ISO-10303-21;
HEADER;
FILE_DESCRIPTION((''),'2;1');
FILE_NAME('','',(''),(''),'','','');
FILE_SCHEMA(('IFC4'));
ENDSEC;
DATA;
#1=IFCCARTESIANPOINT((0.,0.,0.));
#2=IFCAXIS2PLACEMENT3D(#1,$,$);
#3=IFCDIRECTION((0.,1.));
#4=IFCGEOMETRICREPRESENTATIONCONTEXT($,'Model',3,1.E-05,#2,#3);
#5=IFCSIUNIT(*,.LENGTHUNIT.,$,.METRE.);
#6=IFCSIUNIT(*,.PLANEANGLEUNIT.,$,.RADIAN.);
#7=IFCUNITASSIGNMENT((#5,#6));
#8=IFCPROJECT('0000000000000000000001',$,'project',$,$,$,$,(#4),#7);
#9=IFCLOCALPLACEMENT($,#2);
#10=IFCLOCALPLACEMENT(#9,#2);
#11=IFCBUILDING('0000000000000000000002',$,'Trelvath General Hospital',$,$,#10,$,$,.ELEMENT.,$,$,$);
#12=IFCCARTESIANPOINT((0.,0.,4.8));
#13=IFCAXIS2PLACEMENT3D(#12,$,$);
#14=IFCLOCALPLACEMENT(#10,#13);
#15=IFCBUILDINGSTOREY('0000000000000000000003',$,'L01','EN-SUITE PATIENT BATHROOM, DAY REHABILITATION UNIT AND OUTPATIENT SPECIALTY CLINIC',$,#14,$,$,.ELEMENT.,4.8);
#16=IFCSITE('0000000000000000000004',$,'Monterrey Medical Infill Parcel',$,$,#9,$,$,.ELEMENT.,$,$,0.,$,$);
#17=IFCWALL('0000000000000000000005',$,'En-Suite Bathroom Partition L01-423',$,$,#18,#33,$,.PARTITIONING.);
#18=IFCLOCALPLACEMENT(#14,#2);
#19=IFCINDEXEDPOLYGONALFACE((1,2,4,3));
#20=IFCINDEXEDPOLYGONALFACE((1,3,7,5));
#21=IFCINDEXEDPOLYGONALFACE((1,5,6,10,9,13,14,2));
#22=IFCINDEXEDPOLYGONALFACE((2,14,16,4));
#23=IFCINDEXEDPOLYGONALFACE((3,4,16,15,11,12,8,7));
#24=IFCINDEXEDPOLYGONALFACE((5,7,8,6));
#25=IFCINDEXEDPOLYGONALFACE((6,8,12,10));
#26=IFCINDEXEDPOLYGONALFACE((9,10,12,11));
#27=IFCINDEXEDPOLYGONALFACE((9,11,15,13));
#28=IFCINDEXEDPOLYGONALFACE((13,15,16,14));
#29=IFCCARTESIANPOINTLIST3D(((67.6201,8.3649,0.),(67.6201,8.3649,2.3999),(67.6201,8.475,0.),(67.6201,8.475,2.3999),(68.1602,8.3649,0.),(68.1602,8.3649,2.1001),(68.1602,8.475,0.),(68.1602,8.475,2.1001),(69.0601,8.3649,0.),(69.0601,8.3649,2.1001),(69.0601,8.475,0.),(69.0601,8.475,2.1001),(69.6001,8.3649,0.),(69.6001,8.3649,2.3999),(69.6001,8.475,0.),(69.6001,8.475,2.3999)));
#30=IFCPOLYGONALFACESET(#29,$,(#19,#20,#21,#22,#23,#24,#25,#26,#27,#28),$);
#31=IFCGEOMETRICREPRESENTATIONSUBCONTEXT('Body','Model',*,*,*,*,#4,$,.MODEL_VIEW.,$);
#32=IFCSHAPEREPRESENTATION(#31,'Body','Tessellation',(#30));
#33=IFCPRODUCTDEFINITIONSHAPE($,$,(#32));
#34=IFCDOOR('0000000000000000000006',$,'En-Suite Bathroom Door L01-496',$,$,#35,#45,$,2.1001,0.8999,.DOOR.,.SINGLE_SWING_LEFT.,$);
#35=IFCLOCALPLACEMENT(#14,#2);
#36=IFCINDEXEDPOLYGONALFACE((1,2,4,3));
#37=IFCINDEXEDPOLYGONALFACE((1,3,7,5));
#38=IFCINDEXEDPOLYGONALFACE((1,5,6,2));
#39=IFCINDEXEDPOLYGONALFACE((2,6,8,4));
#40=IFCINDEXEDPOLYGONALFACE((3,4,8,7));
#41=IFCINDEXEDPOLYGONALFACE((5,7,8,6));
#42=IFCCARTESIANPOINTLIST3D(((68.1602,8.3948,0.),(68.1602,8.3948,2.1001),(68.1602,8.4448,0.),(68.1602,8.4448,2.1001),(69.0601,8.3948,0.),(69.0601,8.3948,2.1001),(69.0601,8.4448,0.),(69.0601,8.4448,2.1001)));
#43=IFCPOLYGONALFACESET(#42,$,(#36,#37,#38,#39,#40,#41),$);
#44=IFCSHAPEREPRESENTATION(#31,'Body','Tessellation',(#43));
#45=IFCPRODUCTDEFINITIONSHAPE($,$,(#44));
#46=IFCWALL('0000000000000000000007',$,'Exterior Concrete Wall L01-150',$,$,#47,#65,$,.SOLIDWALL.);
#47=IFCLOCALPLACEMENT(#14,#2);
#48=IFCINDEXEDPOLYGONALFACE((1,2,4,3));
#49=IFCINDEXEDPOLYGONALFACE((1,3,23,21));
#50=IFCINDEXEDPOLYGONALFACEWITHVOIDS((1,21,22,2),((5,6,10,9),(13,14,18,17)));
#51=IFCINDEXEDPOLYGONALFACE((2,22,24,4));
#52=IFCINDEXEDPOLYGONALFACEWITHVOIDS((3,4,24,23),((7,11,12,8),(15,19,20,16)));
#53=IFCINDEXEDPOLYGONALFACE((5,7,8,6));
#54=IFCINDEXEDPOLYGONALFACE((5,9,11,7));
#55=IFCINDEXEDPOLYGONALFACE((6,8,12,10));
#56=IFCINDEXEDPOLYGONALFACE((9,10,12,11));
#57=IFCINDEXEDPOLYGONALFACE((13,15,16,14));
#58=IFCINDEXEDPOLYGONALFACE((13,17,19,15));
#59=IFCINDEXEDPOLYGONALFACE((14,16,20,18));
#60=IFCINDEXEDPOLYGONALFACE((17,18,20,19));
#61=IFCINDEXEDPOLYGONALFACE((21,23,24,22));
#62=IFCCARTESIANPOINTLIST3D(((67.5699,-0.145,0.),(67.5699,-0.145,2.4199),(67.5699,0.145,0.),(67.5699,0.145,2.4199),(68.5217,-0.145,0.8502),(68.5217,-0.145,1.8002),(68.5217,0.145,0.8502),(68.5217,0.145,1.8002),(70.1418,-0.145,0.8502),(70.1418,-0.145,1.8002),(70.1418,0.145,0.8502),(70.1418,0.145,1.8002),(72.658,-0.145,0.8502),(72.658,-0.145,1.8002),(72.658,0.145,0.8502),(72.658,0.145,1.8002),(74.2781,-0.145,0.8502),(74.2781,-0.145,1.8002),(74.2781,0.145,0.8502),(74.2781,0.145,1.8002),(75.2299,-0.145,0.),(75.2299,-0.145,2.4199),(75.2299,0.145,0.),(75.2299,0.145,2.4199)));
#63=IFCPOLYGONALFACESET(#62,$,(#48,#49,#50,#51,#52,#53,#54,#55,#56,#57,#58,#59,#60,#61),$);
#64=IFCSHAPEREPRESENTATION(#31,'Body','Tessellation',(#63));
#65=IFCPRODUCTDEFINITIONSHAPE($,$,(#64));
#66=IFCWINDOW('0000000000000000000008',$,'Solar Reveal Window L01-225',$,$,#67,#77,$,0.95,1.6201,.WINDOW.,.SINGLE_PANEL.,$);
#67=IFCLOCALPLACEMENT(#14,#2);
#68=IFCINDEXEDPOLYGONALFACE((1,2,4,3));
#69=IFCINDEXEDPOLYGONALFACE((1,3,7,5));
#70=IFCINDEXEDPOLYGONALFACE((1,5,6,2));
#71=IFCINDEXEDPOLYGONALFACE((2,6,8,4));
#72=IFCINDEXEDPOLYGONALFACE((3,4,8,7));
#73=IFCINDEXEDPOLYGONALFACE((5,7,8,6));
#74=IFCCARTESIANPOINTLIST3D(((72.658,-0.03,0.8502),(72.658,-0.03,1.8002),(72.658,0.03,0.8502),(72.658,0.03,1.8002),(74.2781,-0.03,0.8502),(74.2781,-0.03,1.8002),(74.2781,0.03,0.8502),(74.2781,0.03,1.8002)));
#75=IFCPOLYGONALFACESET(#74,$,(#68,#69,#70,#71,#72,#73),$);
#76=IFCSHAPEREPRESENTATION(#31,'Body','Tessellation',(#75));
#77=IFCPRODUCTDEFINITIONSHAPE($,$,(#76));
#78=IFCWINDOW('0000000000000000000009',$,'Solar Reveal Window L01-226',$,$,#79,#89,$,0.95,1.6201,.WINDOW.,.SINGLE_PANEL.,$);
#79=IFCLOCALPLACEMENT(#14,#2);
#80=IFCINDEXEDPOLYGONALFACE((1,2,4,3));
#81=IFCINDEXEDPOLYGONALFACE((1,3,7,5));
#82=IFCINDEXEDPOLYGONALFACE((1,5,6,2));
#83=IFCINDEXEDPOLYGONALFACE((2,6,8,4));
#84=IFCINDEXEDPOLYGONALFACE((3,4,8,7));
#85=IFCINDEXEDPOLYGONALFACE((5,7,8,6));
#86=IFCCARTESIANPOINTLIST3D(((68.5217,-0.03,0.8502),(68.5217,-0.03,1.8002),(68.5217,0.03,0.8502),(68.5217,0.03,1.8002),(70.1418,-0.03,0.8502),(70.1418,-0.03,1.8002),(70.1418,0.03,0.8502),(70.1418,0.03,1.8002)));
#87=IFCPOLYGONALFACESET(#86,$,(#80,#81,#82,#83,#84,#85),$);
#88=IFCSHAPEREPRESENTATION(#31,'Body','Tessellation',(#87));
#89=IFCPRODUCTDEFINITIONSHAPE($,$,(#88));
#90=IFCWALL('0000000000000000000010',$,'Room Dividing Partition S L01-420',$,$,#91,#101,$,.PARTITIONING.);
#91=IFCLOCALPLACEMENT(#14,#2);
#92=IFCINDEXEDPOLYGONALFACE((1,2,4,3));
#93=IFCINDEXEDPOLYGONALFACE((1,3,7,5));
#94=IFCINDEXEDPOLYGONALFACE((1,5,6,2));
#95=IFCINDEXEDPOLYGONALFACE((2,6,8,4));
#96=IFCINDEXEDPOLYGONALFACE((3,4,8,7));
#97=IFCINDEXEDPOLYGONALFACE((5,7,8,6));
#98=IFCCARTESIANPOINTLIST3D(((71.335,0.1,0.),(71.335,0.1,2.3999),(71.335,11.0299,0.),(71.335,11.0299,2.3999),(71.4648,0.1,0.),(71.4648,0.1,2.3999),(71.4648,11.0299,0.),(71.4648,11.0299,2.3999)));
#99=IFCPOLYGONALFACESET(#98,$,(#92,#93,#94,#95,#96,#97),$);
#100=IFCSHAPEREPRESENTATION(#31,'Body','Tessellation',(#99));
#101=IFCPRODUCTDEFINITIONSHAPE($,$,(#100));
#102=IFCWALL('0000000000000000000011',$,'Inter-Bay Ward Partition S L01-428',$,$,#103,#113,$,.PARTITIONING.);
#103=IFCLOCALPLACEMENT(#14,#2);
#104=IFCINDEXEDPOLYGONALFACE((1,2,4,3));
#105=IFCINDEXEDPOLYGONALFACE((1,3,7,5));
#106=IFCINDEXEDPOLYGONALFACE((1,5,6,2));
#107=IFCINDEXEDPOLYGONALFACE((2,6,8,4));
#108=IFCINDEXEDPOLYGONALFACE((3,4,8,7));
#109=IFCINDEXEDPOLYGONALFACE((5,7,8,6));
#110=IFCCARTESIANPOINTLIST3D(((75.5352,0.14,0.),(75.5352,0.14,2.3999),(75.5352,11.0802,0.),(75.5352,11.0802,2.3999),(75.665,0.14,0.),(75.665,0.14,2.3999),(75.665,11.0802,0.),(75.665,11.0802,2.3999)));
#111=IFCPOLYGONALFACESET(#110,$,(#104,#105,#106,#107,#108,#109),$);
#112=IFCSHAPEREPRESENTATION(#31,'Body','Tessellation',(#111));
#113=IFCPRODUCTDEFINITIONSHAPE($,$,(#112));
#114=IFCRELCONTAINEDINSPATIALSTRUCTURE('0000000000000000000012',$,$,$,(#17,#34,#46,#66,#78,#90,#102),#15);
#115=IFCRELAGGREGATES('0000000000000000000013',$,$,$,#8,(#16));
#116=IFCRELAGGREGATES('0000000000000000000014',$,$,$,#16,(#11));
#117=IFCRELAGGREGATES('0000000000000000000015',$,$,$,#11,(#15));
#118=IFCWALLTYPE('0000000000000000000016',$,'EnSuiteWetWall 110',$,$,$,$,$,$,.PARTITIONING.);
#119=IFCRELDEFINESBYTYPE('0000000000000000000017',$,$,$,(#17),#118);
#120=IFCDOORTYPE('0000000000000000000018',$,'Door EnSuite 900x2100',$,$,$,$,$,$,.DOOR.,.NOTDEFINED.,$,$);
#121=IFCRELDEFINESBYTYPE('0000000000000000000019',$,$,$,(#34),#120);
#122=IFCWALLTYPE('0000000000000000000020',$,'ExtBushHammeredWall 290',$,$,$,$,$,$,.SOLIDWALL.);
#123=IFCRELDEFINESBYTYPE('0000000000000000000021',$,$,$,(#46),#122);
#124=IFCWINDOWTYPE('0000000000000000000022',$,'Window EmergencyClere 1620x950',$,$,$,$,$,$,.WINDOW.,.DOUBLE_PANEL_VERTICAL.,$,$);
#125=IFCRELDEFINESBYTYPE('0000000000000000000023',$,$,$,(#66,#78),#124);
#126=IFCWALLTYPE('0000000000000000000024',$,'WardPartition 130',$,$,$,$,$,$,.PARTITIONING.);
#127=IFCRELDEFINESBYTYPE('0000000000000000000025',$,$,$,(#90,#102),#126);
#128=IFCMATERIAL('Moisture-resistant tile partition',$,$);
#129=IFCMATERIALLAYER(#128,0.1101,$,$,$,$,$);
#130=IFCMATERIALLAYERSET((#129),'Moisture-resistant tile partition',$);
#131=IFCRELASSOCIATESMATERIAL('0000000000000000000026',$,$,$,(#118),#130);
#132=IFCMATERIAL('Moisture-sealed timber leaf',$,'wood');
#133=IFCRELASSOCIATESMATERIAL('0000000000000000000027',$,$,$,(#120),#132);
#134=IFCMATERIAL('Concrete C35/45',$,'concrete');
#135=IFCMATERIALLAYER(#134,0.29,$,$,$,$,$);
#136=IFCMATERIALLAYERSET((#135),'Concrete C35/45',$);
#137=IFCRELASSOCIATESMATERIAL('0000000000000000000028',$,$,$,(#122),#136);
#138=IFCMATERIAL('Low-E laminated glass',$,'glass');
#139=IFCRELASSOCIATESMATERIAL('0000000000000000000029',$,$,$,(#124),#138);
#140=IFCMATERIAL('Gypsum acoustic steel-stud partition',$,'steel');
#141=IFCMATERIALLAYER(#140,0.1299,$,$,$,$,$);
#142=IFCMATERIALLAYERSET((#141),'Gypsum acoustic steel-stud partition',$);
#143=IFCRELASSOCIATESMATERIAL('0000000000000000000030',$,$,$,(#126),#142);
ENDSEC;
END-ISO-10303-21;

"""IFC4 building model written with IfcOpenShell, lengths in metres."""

from ifc_helpers import new_model, si_unit, direction, frame, frame_2d, origin, place, context, subcontext, project, spatial, rectangle, extrude, material, layer, layer_set, type_object, element, fill, save


model = new_model("IFC4")

# Units and contexts
model_context = context("Model", 3, precision=1e-05, world=origin(), true_north=direction((0.0, 1.0)))
body_context = subcontext(model_context, "Body", "Model", "MODEL_VIEW")
ifc_project = project(units=[si_unit("LENGTHUNIT", "METRE"), si_unit("PLANEANGLEUNIT", "RADIAN")], contexts=[model_context])

# Site, building, storey
site_placement = place(None, origin())
site = spatial("IfcSite", under=ifc_project, at=site_placement, Name="Monterrey Medical Infill Parcel", CompositionType="ELEMENT", RefElevation=0.0)
building_placement = place(site_placement, origin())
building = spatial("IfcBuilding", under=site, at=building_placement, Name="Trelvath General Hospital", CompositionType="ELEMENT")
storey_placement = place(building_placement, frame((0.0, 0.0, 4.8)))
storey = spatial("IfcBuildingStorey", under=building, at=storey_placement, Name="L01", Description="EN-SUITE PATIENT BATHROOM, DAY REHABILITATION UNIT AND OUTPATIENT SPECIALTY CLINIC", CompositionType="ELEMENT", Elevation=4.8)

# Shared definitions
ifc_material_1 = material(Name="Moisture-resistant tile partition")
ifc_layer_1 = layer(ifc_material_1, 0.1101)
ifc_layer_set_1 = layer_set([ifc_layer_1], Name="Moisture-resistant tile partition")
wall_type_1 = type_object("IfcWallType", Name="EnSuiteWetWall 110", PredefinedType="PARTITIONING", material=ifc_layer_set_1)

# Wall, opening, door
wall_1_placement = place(storey_placement, frame((67.6201, 8.4199, 0.0), z_axis=(0.0, 0.0, 1.0), x_axis=(1.0, 0.0, 0.0)))
wall_1 = element("IfcWall", 1, at=wall_1_placement, inside=storey, type_object=wall_type_1, Name="En-Suite Bathroom Partition L01-423", PredefinedType="PARTITIONING", context=body_context, shape_type="SweptSolid", body=[
    extrude(rectangle(XDim=1.98, YDim=0.1101, at=frame_2d((0.99, 0.0))), origin(), (0.0, 0.0, 1.0), 2.3999),
])
opening_1_placement = place(wall_1_placement, frame((0.54, 0.0, 0.0)))
opening_1 = element("IfcOpeningElement", 2, at=opening_1_placement, cuts=wall_1, PredefinedType="OPENING", context=body_context, shape_type="SweptSolid", body=[
    extrude(rectangle(XDim=0.8999, YDim=2.1001, at=frame_2d((0.45, 1.05))), frame((0.0, 0.0649, 0.0), z_axis=(0.0, -1.0, 0.0), x_axis=(1.0, 0.0, 0.0)), (0.0, 0.0, 1.0), 0.1301),
])
ifc_material_2 = material(Name="Moisture-sealed timber leaf", Category="wood")
door_type = type_object("IfcDoorType", Name="Door EnSuite 900x2100", OperationType="NOTDEFINED", PredefinedType="DOOR", material=ifc_material_2)
door_placement = place(opening_1_placement, origin())
door = element("IfcDoor", 3, at=door_placement, inside=storey, type_object=door_type, Name="En-Suite Bathroom Door L01-496", OperationType="SINGLE_SWING_LEFT", OverallHeight=2.1001, OverallWidth=0.8999, PredefinedType="DOOR", context=body_context, shape_type="SweptSolid", body=[
    extrude(rectangle(XDim=0.8999, YDim=2.1001, at=frame_2d((0.45, 1.05))), frame((0.0, 0.0249, 0.0), z_axis=(0.0, -1.0, 0.0), x_axis=(1.0, 0.0, 0.0)), (0.0, 0.0, 1.0), 0.05),
])
fill(opening_1, door)

# Wall, openings, windows
ifc_material_3 = material(Name="Concrete C35/45", Category="concrete")
ifc_layer_2 = layer(ifc_material_3, 0.29)
ifc_layer_set_2 = layer_set([ifc_layer_2], Name="Concrete C35/45")
wall_type_2 = type_object("IfcWallType", Name="ExtBushHammeredWall 290", PredefinedType="SOLIDWALL", material=ifc_layer_set_2)
wall_2_placement = place(storey_placement, frame((75.23, 0.0, 0.0), z_axis=(0.0, 0.0, 1.0), x_axis=(-1.0, 0.0, 0.0)))
wall_2 = element("IfcWall", 4, at=wall_2_placement, inside=storey, type_object=wall_type_2, Name="Exterior Concrete Wall L01-150", PredefinedType="SOLIDWALL", context=body_context, shape_type="SweptSolid", body=[
    extrude(rectangle(XDim=7.6599, YDim=0.29, at=frame_2d((3.8301, 0.0))), origin(), (0.0, 0.0, 1.0), 2.4199),
])
opening_2_placement = place(wall_2_placement, frame((0.9519, 0.0, 0.8501)))
opening_2 = element("IfcOpeningElement", 5, at=opening_2_placement, cuts=wall_2, PredefinedType="OPENING", context=body_context, shape_type="SweptSolid", body=[
    extrude(rectangle(XDim=1.6201, YDim=0.95, at=frame_2d((0.8101, 0.4751))), frame((0.0, 0.155, 0.0), z_axis=(0.0, -1.0, 0.0), x_axis=(1.0, 0.0, 0.0)), (0.0, 0.0, 1.0), 0.3101),
])
opening_3_placement = place(wall_2_placement, frame((5.0881, 0.0, 0.8501)))
opening_3 = element("IfcOpeningElement", 6, at=opening_3_placement, cuts=wall_2, PredefinedType="OPENING", context=body_context, shape_type="SweptSolid", body=[
    extrude(rectangle(XDim=1.6201, YDim=0.95, at=frame_2d((0.8101, 0.4751))), frame((0.0, 0.155, 0.0), z_axis=(0.0, -1.0, 0.0), x_axis=(1.0, 0.0, 0.0)), (0.0, 0.0, 1.0), 0.3101),
])
ifc_material_4 = material(Name="Low-E laminated glass", Category="glass")
window_type = type_object("IfcWindowType", Name="Window EmergencyClere 1620x950", PartitioningType="DOUBLE_PANEL_VERTICAL", PredefinedType="WINDOW", material=ifc_material_4)
window_1_placement = place(opening_2_placement, origin())
window_1 = element("IfcWindow", 7, at=window_1_placement, inside=storey, type_object=window_type, Name="Solar Reveal Window L01-225", OverallHeight=0.95, OverallWidth=1.6201, PartitioningType="SINGLE_PANEL", PredefinedType="WINDOW", context=body_context, shape_type="SweptSolid", body=[
    extrude(rectangle(XDim=1.6201, YDim=0.95, at=frame_2d((0.8101, 0.4751))), frame((0.0, 0.03, 0.0), z_axis=(0.0, -1.0, 0.0), x_axis=(1.0, 0.0, 0.0)), (0.0, 0.0, 1.0), 0.0601),
])
fill(opening_2, window_1)
window_2_placement = place(opening_3_placement, origin())
window_2 = element("IfcWindow", 8, at=window_2_placement, inside=storey, type_object=window_type, Name="Solar Reveal Window L01-226", OverallHeight=0.95, OverallWidth=1.6201, PartitioningType="SINGLE_PANEL", PredefinedType="WINDOW", context=body_context, shape_type="SweptSolid", body=[
    extrude(rectangle(XDim=1.6201, YDim=0.95, at=frame_2d((0.8101, 0.4751))), frame((0.0, 0.03, 0.0), z_axis=(0.0, -1.0, 0.0), x_axis=(1.0, 0.0, 0.0)), (0.0, 0.0, 1.0), 0.0601),
])
fill(opening_3, window_2)

# Walls
ifc_material_5 = material(Name="Gypsum acoustic steel-stud partition", Category="steel")
ifc_layer_3 = layer(ifc_material_5, 0.1299)
ifc_layer_set_3 = layer_set([ifc_layer_3], Name="Gypsum acoustic steel-stud partition")
wall_type_3 = type_object("IfcWallType", Name="WardPartition 130", PredefinedType="PARTITIONING", material=ifc_layer_set_3)
wall_3_placement = place(storey_placement, frame((71.3999, 0.1001, 0.0), z_axis=(0.0, 0.0, 1.0), x_axis=(0.0, 1.0, 0.0)))
element("IfcWall", 9, at=wall_3_placement, inside=storey, type_object=wall_type_3, Name="Room Dividing Partition S L01-420", PredefinedType="PARTITIONING", context=body_context, shape_type="SweptSolid", body=[
    extrude(rectangle(XDim=10.9299, YDim=0.1299, at=frame_2d((5.4648, 0.0))), origin(), (0.0, 0.0, 1.0), 2.3999),
])
wall_4_placement = place(storey_placement, frame((75.6001, 0.1399, 0.0), z_axis=(0.0, 0.0, 1.0), x_axis=(0.0, 1.0, 0.0)))
element("IfcWall", 10, at=wall_4_placement, inside=storey, type_object=wall_type_3, Name="Inter-Bay Ward Partition S L01-428", PredefinedType="PARTITIONING", context=body_context, shape_type="SweptSolid", body=[
    extrude(rectangle(XDim=10.9402, YDim=0.1299, at=frame_2d((5.4702, 0.0))), origin(), (0.0, 0.0, 1.0), 2.3999),
])

save(model, "model.ifc")
